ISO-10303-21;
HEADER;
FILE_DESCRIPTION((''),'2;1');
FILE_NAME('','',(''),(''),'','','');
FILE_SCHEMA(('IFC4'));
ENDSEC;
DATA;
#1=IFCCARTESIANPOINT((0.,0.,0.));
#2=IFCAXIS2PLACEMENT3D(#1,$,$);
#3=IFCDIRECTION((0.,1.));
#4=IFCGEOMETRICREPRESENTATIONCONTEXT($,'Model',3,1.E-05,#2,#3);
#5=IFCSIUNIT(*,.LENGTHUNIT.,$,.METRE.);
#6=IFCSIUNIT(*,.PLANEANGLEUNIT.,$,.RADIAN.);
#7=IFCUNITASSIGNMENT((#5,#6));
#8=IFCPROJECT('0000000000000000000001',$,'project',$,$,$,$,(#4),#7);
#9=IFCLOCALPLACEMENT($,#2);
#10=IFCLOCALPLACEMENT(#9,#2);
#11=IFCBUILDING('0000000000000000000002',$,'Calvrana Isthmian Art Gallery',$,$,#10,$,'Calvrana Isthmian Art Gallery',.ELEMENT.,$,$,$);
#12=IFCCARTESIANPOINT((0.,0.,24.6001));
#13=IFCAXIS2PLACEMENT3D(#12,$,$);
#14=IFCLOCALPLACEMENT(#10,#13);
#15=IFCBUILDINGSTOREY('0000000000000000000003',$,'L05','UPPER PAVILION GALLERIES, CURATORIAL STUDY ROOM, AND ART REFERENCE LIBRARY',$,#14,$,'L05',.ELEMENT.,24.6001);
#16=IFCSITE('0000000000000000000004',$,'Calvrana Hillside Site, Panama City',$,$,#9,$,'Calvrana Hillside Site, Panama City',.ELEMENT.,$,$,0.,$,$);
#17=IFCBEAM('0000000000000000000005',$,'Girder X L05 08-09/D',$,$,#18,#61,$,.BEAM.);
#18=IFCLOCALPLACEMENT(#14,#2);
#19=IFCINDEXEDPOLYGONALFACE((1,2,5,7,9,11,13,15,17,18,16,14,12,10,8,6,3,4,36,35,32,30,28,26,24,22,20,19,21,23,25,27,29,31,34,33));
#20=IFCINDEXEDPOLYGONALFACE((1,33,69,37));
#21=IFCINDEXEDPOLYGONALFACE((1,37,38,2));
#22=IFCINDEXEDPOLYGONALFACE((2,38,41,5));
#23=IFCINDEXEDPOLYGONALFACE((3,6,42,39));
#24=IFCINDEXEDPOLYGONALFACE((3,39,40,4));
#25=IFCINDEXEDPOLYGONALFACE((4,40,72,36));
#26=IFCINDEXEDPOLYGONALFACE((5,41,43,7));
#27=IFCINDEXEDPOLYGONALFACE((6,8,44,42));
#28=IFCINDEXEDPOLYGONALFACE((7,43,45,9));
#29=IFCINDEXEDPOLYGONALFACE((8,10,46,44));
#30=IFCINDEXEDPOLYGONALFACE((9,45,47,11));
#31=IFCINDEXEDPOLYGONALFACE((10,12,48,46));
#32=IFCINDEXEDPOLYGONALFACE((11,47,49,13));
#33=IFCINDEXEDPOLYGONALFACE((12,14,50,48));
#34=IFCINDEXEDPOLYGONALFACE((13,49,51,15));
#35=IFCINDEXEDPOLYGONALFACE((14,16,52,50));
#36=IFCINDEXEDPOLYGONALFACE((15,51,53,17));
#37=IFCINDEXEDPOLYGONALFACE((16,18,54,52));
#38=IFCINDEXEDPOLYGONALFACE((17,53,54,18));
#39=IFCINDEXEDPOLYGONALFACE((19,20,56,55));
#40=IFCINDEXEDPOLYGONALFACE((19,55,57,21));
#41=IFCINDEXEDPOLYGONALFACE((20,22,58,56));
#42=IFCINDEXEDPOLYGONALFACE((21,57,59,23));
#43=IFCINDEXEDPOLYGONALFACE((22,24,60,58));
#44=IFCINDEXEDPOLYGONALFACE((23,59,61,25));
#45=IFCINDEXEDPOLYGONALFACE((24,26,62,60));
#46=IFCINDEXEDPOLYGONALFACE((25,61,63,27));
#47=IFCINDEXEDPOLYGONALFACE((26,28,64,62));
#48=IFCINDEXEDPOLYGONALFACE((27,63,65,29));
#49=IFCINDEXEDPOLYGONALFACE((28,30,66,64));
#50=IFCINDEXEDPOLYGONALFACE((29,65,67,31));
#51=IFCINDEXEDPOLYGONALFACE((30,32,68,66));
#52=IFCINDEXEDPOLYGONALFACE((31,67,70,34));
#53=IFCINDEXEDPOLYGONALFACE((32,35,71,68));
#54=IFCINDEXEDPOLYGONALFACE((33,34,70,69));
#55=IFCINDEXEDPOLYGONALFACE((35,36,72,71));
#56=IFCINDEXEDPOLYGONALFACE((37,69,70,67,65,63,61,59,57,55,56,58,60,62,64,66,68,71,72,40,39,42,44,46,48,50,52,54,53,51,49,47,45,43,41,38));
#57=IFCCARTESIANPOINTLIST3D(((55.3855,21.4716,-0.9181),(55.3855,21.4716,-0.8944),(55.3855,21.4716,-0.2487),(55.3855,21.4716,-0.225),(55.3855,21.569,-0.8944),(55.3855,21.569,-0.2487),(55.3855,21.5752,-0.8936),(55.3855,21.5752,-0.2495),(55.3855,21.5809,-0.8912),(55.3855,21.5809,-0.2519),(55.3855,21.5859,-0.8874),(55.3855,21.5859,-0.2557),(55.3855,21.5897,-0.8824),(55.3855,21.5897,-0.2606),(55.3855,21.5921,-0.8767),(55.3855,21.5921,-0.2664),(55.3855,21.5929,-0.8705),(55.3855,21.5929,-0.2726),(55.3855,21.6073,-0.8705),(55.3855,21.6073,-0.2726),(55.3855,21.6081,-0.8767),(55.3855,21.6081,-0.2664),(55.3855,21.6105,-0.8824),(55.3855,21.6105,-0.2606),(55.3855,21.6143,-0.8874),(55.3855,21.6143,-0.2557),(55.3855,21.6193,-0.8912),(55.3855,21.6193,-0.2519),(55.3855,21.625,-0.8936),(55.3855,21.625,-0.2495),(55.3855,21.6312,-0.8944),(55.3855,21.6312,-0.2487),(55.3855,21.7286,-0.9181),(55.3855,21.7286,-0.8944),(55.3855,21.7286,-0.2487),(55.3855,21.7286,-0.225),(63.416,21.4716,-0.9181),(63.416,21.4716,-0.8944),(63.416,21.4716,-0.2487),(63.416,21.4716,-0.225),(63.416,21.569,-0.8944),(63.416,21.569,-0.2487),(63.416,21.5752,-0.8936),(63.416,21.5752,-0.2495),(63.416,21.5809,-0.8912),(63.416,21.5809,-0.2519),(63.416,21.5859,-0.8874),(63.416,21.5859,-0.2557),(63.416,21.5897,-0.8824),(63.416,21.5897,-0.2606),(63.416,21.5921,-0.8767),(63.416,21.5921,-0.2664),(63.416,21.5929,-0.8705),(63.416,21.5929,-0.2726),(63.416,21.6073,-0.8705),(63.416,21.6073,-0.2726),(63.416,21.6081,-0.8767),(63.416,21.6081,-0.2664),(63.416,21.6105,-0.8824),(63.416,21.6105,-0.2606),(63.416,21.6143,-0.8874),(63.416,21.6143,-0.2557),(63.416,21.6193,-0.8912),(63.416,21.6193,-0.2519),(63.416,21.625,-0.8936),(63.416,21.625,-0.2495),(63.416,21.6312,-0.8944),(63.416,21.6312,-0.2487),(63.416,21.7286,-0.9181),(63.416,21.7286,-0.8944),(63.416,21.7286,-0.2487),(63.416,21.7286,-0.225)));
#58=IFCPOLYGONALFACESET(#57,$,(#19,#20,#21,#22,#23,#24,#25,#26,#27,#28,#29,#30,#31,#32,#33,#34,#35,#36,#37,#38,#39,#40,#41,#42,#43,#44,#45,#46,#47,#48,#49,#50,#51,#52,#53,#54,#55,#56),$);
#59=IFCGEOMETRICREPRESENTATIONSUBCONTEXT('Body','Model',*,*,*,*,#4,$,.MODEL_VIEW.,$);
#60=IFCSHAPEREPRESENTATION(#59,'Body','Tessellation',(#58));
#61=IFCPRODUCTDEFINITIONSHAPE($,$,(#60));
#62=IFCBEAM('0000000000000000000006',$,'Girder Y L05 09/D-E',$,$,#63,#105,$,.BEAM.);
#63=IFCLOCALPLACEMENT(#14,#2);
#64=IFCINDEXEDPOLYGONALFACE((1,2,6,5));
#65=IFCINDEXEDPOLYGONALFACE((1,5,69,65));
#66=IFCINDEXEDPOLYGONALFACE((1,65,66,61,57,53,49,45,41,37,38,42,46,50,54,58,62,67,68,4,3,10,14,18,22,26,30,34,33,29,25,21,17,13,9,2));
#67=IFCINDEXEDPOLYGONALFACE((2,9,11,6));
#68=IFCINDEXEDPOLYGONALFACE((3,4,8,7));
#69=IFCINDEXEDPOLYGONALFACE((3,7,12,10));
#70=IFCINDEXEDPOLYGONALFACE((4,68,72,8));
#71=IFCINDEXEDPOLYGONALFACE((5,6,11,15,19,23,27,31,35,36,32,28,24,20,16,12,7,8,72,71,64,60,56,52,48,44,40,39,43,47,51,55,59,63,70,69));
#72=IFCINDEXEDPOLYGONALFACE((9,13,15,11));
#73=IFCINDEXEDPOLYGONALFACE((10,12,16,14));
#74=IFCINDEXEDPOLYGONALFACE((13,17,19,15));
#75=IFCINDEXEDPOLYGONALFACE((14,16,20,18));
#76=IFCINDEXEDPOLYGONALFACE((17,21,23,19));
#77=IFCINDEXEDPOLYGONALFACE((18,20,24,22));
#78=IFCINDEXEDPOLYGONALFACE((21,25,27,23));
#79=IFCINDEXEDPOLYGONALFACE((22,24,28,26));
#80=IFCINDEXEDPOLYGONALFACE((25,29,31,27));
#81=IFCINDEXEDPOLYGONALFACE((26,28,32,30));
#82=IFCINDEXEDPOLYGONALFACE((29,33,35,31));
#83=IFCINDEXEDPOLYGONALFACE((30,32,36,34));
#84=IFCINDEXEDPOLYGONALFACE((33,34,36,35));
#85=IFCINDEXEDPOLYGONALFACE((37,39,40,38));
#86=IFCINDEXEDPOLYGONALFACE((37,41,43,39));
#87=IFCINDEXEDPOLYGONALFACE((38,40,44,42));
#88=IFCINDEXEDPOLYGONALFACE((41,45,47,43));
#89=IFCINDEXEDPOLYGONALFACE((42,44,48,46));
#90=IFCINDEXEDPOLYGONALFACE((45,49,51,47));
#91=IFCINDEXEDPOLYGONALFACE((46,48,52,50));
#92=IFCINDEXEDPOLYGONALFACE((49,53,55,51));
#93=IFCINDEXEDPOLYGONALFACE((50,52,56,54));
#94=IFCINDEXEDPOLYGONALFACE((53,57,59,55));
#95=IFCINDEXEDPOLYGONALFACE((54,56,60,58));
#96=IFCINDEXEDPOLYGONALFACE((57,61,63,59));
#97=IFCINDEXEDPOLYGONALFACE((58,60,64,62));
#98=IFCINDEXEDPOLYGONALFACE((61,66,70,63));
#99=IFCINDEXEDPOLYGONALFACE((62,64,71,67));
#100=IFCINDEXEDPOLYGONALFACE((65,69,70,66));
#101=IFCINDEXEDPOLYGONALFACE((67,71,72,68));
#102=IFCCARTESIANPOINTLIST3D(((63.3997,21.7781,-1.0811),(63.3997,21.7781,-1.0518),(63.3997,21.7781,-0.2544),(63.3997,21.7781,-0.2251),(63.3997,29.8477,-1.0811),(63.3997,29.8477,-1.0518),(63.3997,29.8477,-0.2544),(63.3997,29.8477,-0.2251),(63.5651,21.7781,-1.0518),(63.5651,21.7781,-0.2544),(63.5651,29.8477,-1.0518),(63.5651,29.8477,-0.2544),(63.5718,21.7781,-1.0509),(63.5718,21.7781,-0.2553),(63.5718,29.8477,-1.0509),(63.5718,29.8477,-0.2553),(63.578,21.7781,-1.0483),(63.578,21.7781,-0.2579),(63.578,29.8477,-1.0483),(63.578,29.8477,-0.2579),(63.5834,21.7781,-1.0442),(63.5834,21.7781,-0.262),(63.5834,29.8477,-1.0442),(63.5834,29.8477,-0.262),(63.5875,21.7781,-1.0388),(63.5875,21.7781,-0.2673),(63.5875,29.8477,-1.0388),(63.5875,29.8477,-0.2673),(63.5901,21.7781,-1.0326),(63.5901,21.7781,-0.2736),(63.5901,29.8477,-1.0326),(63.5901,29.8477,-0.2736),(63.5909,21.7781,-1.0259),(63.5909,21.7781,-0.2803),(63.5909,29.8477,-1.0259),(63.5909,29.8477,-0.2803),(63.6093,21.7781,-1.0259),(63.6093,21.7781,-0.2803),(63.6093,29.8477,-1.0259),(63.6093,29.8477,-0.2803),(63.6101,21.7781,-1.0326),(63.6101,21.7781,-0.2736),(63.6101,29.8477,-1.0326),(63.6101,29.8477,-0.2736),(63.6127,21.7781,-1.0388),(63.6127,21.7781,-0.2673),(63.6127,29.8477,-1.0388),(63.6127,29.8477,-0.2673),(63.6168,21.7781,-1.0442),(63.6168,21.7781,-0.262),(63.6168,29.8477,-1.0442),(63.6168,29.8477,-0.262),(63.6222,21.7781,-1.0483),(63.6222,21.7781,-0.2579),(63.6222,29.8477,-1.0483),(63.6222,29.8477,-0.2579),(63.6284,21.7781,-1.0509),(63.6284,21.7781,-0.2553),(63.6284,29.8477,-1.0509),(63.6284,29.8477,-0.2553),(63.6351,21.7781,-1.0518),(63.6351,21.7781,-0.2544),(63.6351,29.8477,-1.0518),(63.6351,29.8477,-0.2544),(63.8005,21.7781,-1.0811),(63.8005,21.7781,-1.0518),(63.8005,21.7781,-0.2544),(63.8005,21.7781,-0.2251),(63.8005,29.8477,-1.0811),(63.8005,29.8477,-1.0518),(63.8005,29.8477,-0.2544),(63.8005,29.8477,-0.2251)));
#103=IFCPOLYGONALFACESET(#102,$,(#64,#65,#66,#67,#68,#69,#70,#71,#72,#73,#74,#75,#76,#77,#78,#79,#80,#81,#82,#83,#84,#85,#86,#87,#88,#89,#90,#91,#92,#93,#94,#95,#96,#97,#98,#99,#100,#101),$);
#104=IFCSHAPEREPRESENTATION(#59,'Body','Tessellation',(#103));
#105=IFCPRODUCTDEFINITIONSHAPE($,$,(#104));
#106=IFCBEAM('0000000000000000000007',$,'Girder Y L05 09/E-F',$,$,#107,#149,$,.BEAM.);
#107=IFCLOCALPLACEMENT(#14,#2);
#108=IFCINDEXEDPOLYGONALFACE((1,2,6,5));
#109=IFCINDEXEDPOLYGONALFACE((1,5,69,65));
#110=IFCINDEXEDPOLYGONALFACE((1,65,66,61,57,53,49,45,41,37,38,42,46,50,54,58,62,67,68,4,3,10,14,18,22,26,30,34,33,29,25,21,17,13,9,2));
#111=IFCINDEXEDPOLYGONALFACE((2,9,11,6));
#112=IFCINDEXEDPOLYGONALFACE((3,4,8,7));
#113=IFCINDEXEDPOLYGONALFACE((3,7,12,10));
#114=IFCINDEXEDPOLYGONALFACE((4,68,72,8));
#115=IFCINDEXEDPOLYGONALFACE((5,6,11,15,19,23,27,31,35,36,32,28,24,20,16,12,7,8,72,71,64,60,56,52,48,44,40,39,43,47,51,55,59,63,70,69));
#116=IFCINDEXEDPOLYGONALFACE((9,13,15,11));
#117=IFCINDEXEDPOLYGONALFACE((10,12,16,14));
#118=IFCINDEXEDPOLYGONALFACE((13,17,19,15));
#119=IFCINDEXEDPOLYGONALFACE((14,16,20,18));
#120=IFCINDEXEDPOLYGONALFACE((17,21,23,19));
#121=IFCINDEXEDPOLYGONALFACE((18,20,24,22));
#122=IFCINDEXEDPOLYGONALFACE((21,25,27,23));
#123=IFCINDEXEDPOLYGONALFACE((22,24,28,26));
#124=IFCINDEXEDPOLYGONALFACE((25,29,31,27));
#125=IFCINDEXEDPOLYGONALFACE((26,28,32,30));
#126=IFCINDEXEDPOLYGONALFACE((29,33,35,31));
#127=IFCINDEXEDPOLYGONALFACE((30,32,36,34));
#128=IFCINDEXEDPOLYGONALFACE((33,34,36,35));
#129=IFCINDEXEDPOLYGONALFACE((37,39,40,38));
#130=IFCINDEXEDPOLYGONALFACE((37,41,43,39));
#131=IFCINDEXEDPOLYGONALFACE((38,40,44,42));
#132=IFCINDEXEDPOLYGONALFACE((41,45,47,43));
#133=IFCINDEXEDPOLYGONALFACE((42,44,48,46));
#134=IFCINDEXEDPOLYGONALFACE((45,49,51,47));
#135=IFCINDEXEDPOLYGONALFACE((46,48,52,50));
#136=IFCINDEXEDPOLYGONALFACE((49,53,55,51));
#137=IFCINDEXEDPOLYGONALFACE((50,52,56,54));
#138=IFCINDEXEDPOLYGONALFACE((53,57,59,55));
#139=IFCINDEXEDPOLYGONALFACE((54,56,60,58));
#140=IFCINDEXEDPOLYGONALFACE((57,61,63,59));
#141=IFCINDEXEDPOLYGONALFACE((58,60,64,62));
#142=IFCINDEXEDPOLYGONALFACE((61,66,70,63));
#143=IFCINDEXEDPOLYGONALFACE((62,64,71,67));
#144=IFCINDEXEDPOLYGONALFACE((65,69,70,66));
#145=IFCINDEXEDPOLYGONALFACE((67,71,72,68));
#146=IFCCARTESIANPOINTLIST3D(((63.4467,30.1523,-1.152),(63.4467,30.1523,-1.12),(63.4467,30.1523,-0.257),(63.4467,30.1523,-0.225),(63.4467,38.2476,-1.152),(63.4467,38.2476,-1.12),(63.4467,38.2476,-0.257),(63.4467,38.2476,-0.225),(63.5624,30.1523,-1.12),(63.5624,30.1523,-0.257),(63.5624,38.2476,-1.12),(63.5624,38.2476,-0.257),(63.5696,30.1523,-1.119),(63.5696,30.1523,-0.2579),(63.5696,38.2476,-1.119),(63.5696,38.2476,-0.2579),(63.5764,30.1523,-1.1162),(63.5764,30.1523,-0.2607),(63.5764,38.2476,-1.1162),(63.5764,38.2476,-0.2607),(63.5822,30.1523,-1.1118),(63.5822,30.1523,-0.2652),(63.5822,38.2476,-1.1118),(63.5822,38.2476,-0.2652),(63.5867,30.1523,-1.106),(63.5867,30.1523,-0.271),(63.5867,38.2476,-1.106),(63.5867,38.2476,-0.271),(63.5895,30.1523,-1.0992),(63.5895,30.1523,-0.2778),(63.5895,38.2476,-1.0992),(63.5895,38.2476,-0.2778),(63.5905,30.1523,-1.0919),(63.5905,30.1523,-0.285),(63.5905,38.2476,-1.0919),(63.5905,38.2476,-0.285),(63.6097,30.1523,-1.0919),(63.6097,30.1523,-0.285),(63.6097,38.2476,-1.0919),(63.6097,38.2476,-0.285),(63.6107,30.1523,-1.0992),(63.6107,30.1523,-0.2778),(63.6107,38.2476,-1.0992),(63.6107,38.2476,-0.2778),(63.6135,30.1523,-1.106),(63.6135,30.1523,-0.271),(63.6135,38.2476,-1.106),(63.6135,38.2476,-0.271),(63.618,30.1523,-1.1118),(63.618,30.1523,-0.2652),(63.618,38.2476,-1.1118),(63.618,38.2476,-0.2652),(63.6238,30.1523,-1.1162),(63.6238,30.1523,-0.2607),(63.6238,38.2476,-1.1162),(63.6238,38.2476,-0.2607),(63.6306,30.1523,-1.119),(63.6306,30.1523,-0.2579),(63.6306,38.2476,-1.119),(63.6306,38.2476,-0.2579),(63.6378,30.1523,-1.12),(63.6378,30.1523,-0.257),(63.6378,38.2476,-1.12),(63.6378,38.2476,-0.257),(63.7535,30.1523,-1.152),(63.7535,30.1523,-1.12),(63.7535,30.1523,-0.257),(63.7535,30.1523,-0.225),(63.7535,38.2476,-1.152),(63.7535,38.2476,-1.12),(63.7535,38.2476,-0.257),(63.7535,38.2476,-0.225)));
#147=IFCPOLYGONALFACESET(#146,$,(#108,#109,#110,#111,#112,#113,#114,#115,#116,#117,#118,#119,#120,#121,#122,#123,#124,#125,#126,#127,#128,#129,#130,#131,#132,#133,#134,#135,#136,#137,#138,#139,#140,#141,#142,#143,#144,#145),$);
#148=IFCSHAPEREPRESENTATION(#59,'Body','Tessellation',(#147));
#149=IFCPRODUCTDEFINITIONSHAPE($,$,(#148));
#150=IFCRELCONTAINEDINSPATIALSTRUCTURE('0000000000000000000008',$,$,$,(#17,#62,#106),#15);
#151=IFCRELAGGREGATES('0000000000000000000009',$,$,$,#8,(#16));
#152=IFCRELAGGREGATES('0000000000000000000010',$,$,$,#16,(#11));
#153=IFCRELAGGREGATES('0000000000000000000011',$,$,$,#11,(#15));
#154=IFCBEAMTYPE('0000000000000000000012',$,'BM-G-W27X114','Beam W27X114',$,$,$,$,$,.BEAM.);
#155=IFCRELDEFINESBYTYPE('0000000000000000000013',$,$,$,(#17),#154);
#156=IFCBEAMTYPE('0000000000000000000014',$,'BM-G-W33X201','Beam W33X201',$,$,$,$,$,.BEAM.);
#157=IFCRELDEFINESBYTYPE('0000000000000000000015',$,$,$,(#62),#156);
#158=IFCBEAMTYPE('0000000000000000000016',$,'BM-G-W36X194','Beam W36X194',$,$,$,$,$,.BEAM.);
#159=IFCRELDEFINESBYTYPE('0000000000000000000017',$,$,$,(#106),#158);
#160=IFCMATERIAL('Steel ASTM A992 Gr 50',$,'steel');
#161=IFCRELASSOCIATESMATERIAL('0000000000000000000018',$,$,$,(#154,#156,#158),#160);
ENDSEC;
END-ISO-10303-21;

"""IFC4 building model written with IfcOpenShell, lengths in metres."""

from ifc_helpers import new_model, si_unit, direction, frame, origin, origin_2d, place, context, subcontext, project, spatial, i_section, extrude, material, material_profile, profile_set, type_object, element, save


model = new_model("IFC4")

# Units and contexts
model_context = context("Model", 3, precision=1e-05, world=origin(), true_north=direction((0.0, 1.0)))
body_context = subcontext(model_context, "Body", "Model", "MODEL_VIEW")
ifc_project = project(units=[si_unit("LENGTHUNIT", "METRE"), si_unit("PLANEANGLEUNIT", "RADIAN")], contexts=[model_context])

# Site, building, storey
site_placement = place(None, origin())
site = spatial("IfcSite", under=ifc_project, at=site_placement, Name="Calvrana Hillside Site, Panama City", LongName="Calvrana Hillside Site, Panama City", CompositionType="ELEMENT", RefElevation=0.0)
building_placement = place(site_placement, origin())
building = spatial("IfcBuilding", under=site, at=building_placement, Name="Calvrana Isthmian Art Gallery", LongName="Calvrana Isthmian Art Gallery", CompositionType="ELEMENT")
storey_placement = place(building_placement, frame((0.0, 0.0, 24.6001)))
storey = spatial("IfcBuildingStorey", under=building, at=storey_placement, Name="L05", Description="UPPER PAVILION GALLERIES, CURATORIAL STUDY ROOM, AND ART REFERENCE LIBRARY", LongName="L05", CompositionType="ELEMENT", Elevation=24.6001)

# Beams
ifc_material_1 = material(Name="Steel ASTM A992 Gr 50", Category="steel")
ifc_material_profile_1 = material_profile(ifc_material_1, i_section(OverallWidth=0.2571, OverallDepth=0.6931, WebThickness=0.0144, FlangeThickness=0.0237, FilletRadius=0.0239, at=origin_2d()), Name="W27X114")
ifc_profile_set_1 = profile_set([ifc_material_profile_1], Name="Steel ASTM A992 Gr 50")
beam_type_1 = type_object("IfcBeamType", Name="BM-G-W27X114", Description="Beam W27X114", PredefinedType="BEAM", material=ifc_profile_set_1)
beam_1_placement = place(storey_placement, frame((55.3855, 21.6001, -0.5715), z_axis=(1.0, 0.0, 0.0), x_axis=(0.0, 1.0, 0.0)))
element("IfcBeam", 1, at=beam_1_placement, inside=storey, type_object=beam_type_1, Name="Girder X L05 08-09/D", PredefinedType="BEAM", context=body_context, shape_type="SweptSolid", body=[
    extrude(i_section(OverallWidth=0.2571, OverallDepth=0.6931, WebThickness=0.0144, FlangeThickness=0.0237, FilletRadius=0.0239, at=origin_2d()), origin(), (0.0, 0.0, 1.0), 8.0305),
])
ifc_material_profile_2 = material_profile(ifc_material_1, i_section(OverallWidth=0.4009, OverallDepth=0.856, WebThickness=0.0183, FlangeThickness=0.0293, FilletRadius=0.0259, at=origin_2d()), Name="W33X201")
ifc_profile_set_2 = profile_set([ifc_material_profile_2], Name="Steel ASTM A992 Gr 50")
beam_type_2 = type_object("IfcBeamType", Name="BM-G-W33X201", Description="Beam W33X201", PredefinedType="BEAM", material=ifc_profile_set_2)
beam_2_placement = place(storey_placement, frame((63.6001, 21.7781, -0.6531), z_axis=(0.0, 1.0, 0.0), x_axis=(-1.0, 0.0, 0.0)))
element("IfcBeam", 2, at=beam_2_placement, inside=storey, type_object=beam_type_2, Name="Girder Y L05 09/D-E", PredefinedType="BEAM", context=body_context, shape_type="SweptSolid", body=[
    extrude(i_section(OverallWidth=0.4009, OverallDepth=0.856, WebThickness=0.0183, FlangeThickness=0.0293, FilletRadius=0.0259, at=origin_2d()), origin(), (0.0, 0.0, 1.0), 8.0696),
])
ifc_material_profile_3 = material_profile(ifc_material_1, i_section(OverallWidth=0.3069, OverallDepth=0.927, WebThickness=0.0193, FlangeThickness=0.032, FilletRadius=0.0281, at=origin_2d()), Name="W36X194")
ifc_profile_set_3 = profile_set([ifc_material_profile_3], Name="Steel ASTM A992 Gr 50")
beam_type_3 = type_object("IfcBeamType", Name="BM-G-W36X194", Description="Beam W36X194", PredefinedType="BEAM", material=ifc_profile_set_3)
beam_3_placement = place(storey_placement, frame((63.6001, 30.1523, -0.6885), z_axis=(0.0, 1.0, 0.0), x_axis=(-1.0, 0.0, 0.0)))
element("IfcBeam", 3, at=beam_3_placement, inside=storey, type_object=beam_type_3, Name="Girder Y L05 09/E-F", PredefinedType="BEAM", context=body_context, shape_type="SweptSolid", body=[
    extrude(i_section(OverallWidth=0.3069, OverallDepth=0.927, WebThickness=0.0193, FlangeThickness=0.032, FilletRadius=0.0281, at=origin_2d()), origin(), (0.0, 0.0, 1.0), 8.0952),
])

save(model, "model.ifc")
